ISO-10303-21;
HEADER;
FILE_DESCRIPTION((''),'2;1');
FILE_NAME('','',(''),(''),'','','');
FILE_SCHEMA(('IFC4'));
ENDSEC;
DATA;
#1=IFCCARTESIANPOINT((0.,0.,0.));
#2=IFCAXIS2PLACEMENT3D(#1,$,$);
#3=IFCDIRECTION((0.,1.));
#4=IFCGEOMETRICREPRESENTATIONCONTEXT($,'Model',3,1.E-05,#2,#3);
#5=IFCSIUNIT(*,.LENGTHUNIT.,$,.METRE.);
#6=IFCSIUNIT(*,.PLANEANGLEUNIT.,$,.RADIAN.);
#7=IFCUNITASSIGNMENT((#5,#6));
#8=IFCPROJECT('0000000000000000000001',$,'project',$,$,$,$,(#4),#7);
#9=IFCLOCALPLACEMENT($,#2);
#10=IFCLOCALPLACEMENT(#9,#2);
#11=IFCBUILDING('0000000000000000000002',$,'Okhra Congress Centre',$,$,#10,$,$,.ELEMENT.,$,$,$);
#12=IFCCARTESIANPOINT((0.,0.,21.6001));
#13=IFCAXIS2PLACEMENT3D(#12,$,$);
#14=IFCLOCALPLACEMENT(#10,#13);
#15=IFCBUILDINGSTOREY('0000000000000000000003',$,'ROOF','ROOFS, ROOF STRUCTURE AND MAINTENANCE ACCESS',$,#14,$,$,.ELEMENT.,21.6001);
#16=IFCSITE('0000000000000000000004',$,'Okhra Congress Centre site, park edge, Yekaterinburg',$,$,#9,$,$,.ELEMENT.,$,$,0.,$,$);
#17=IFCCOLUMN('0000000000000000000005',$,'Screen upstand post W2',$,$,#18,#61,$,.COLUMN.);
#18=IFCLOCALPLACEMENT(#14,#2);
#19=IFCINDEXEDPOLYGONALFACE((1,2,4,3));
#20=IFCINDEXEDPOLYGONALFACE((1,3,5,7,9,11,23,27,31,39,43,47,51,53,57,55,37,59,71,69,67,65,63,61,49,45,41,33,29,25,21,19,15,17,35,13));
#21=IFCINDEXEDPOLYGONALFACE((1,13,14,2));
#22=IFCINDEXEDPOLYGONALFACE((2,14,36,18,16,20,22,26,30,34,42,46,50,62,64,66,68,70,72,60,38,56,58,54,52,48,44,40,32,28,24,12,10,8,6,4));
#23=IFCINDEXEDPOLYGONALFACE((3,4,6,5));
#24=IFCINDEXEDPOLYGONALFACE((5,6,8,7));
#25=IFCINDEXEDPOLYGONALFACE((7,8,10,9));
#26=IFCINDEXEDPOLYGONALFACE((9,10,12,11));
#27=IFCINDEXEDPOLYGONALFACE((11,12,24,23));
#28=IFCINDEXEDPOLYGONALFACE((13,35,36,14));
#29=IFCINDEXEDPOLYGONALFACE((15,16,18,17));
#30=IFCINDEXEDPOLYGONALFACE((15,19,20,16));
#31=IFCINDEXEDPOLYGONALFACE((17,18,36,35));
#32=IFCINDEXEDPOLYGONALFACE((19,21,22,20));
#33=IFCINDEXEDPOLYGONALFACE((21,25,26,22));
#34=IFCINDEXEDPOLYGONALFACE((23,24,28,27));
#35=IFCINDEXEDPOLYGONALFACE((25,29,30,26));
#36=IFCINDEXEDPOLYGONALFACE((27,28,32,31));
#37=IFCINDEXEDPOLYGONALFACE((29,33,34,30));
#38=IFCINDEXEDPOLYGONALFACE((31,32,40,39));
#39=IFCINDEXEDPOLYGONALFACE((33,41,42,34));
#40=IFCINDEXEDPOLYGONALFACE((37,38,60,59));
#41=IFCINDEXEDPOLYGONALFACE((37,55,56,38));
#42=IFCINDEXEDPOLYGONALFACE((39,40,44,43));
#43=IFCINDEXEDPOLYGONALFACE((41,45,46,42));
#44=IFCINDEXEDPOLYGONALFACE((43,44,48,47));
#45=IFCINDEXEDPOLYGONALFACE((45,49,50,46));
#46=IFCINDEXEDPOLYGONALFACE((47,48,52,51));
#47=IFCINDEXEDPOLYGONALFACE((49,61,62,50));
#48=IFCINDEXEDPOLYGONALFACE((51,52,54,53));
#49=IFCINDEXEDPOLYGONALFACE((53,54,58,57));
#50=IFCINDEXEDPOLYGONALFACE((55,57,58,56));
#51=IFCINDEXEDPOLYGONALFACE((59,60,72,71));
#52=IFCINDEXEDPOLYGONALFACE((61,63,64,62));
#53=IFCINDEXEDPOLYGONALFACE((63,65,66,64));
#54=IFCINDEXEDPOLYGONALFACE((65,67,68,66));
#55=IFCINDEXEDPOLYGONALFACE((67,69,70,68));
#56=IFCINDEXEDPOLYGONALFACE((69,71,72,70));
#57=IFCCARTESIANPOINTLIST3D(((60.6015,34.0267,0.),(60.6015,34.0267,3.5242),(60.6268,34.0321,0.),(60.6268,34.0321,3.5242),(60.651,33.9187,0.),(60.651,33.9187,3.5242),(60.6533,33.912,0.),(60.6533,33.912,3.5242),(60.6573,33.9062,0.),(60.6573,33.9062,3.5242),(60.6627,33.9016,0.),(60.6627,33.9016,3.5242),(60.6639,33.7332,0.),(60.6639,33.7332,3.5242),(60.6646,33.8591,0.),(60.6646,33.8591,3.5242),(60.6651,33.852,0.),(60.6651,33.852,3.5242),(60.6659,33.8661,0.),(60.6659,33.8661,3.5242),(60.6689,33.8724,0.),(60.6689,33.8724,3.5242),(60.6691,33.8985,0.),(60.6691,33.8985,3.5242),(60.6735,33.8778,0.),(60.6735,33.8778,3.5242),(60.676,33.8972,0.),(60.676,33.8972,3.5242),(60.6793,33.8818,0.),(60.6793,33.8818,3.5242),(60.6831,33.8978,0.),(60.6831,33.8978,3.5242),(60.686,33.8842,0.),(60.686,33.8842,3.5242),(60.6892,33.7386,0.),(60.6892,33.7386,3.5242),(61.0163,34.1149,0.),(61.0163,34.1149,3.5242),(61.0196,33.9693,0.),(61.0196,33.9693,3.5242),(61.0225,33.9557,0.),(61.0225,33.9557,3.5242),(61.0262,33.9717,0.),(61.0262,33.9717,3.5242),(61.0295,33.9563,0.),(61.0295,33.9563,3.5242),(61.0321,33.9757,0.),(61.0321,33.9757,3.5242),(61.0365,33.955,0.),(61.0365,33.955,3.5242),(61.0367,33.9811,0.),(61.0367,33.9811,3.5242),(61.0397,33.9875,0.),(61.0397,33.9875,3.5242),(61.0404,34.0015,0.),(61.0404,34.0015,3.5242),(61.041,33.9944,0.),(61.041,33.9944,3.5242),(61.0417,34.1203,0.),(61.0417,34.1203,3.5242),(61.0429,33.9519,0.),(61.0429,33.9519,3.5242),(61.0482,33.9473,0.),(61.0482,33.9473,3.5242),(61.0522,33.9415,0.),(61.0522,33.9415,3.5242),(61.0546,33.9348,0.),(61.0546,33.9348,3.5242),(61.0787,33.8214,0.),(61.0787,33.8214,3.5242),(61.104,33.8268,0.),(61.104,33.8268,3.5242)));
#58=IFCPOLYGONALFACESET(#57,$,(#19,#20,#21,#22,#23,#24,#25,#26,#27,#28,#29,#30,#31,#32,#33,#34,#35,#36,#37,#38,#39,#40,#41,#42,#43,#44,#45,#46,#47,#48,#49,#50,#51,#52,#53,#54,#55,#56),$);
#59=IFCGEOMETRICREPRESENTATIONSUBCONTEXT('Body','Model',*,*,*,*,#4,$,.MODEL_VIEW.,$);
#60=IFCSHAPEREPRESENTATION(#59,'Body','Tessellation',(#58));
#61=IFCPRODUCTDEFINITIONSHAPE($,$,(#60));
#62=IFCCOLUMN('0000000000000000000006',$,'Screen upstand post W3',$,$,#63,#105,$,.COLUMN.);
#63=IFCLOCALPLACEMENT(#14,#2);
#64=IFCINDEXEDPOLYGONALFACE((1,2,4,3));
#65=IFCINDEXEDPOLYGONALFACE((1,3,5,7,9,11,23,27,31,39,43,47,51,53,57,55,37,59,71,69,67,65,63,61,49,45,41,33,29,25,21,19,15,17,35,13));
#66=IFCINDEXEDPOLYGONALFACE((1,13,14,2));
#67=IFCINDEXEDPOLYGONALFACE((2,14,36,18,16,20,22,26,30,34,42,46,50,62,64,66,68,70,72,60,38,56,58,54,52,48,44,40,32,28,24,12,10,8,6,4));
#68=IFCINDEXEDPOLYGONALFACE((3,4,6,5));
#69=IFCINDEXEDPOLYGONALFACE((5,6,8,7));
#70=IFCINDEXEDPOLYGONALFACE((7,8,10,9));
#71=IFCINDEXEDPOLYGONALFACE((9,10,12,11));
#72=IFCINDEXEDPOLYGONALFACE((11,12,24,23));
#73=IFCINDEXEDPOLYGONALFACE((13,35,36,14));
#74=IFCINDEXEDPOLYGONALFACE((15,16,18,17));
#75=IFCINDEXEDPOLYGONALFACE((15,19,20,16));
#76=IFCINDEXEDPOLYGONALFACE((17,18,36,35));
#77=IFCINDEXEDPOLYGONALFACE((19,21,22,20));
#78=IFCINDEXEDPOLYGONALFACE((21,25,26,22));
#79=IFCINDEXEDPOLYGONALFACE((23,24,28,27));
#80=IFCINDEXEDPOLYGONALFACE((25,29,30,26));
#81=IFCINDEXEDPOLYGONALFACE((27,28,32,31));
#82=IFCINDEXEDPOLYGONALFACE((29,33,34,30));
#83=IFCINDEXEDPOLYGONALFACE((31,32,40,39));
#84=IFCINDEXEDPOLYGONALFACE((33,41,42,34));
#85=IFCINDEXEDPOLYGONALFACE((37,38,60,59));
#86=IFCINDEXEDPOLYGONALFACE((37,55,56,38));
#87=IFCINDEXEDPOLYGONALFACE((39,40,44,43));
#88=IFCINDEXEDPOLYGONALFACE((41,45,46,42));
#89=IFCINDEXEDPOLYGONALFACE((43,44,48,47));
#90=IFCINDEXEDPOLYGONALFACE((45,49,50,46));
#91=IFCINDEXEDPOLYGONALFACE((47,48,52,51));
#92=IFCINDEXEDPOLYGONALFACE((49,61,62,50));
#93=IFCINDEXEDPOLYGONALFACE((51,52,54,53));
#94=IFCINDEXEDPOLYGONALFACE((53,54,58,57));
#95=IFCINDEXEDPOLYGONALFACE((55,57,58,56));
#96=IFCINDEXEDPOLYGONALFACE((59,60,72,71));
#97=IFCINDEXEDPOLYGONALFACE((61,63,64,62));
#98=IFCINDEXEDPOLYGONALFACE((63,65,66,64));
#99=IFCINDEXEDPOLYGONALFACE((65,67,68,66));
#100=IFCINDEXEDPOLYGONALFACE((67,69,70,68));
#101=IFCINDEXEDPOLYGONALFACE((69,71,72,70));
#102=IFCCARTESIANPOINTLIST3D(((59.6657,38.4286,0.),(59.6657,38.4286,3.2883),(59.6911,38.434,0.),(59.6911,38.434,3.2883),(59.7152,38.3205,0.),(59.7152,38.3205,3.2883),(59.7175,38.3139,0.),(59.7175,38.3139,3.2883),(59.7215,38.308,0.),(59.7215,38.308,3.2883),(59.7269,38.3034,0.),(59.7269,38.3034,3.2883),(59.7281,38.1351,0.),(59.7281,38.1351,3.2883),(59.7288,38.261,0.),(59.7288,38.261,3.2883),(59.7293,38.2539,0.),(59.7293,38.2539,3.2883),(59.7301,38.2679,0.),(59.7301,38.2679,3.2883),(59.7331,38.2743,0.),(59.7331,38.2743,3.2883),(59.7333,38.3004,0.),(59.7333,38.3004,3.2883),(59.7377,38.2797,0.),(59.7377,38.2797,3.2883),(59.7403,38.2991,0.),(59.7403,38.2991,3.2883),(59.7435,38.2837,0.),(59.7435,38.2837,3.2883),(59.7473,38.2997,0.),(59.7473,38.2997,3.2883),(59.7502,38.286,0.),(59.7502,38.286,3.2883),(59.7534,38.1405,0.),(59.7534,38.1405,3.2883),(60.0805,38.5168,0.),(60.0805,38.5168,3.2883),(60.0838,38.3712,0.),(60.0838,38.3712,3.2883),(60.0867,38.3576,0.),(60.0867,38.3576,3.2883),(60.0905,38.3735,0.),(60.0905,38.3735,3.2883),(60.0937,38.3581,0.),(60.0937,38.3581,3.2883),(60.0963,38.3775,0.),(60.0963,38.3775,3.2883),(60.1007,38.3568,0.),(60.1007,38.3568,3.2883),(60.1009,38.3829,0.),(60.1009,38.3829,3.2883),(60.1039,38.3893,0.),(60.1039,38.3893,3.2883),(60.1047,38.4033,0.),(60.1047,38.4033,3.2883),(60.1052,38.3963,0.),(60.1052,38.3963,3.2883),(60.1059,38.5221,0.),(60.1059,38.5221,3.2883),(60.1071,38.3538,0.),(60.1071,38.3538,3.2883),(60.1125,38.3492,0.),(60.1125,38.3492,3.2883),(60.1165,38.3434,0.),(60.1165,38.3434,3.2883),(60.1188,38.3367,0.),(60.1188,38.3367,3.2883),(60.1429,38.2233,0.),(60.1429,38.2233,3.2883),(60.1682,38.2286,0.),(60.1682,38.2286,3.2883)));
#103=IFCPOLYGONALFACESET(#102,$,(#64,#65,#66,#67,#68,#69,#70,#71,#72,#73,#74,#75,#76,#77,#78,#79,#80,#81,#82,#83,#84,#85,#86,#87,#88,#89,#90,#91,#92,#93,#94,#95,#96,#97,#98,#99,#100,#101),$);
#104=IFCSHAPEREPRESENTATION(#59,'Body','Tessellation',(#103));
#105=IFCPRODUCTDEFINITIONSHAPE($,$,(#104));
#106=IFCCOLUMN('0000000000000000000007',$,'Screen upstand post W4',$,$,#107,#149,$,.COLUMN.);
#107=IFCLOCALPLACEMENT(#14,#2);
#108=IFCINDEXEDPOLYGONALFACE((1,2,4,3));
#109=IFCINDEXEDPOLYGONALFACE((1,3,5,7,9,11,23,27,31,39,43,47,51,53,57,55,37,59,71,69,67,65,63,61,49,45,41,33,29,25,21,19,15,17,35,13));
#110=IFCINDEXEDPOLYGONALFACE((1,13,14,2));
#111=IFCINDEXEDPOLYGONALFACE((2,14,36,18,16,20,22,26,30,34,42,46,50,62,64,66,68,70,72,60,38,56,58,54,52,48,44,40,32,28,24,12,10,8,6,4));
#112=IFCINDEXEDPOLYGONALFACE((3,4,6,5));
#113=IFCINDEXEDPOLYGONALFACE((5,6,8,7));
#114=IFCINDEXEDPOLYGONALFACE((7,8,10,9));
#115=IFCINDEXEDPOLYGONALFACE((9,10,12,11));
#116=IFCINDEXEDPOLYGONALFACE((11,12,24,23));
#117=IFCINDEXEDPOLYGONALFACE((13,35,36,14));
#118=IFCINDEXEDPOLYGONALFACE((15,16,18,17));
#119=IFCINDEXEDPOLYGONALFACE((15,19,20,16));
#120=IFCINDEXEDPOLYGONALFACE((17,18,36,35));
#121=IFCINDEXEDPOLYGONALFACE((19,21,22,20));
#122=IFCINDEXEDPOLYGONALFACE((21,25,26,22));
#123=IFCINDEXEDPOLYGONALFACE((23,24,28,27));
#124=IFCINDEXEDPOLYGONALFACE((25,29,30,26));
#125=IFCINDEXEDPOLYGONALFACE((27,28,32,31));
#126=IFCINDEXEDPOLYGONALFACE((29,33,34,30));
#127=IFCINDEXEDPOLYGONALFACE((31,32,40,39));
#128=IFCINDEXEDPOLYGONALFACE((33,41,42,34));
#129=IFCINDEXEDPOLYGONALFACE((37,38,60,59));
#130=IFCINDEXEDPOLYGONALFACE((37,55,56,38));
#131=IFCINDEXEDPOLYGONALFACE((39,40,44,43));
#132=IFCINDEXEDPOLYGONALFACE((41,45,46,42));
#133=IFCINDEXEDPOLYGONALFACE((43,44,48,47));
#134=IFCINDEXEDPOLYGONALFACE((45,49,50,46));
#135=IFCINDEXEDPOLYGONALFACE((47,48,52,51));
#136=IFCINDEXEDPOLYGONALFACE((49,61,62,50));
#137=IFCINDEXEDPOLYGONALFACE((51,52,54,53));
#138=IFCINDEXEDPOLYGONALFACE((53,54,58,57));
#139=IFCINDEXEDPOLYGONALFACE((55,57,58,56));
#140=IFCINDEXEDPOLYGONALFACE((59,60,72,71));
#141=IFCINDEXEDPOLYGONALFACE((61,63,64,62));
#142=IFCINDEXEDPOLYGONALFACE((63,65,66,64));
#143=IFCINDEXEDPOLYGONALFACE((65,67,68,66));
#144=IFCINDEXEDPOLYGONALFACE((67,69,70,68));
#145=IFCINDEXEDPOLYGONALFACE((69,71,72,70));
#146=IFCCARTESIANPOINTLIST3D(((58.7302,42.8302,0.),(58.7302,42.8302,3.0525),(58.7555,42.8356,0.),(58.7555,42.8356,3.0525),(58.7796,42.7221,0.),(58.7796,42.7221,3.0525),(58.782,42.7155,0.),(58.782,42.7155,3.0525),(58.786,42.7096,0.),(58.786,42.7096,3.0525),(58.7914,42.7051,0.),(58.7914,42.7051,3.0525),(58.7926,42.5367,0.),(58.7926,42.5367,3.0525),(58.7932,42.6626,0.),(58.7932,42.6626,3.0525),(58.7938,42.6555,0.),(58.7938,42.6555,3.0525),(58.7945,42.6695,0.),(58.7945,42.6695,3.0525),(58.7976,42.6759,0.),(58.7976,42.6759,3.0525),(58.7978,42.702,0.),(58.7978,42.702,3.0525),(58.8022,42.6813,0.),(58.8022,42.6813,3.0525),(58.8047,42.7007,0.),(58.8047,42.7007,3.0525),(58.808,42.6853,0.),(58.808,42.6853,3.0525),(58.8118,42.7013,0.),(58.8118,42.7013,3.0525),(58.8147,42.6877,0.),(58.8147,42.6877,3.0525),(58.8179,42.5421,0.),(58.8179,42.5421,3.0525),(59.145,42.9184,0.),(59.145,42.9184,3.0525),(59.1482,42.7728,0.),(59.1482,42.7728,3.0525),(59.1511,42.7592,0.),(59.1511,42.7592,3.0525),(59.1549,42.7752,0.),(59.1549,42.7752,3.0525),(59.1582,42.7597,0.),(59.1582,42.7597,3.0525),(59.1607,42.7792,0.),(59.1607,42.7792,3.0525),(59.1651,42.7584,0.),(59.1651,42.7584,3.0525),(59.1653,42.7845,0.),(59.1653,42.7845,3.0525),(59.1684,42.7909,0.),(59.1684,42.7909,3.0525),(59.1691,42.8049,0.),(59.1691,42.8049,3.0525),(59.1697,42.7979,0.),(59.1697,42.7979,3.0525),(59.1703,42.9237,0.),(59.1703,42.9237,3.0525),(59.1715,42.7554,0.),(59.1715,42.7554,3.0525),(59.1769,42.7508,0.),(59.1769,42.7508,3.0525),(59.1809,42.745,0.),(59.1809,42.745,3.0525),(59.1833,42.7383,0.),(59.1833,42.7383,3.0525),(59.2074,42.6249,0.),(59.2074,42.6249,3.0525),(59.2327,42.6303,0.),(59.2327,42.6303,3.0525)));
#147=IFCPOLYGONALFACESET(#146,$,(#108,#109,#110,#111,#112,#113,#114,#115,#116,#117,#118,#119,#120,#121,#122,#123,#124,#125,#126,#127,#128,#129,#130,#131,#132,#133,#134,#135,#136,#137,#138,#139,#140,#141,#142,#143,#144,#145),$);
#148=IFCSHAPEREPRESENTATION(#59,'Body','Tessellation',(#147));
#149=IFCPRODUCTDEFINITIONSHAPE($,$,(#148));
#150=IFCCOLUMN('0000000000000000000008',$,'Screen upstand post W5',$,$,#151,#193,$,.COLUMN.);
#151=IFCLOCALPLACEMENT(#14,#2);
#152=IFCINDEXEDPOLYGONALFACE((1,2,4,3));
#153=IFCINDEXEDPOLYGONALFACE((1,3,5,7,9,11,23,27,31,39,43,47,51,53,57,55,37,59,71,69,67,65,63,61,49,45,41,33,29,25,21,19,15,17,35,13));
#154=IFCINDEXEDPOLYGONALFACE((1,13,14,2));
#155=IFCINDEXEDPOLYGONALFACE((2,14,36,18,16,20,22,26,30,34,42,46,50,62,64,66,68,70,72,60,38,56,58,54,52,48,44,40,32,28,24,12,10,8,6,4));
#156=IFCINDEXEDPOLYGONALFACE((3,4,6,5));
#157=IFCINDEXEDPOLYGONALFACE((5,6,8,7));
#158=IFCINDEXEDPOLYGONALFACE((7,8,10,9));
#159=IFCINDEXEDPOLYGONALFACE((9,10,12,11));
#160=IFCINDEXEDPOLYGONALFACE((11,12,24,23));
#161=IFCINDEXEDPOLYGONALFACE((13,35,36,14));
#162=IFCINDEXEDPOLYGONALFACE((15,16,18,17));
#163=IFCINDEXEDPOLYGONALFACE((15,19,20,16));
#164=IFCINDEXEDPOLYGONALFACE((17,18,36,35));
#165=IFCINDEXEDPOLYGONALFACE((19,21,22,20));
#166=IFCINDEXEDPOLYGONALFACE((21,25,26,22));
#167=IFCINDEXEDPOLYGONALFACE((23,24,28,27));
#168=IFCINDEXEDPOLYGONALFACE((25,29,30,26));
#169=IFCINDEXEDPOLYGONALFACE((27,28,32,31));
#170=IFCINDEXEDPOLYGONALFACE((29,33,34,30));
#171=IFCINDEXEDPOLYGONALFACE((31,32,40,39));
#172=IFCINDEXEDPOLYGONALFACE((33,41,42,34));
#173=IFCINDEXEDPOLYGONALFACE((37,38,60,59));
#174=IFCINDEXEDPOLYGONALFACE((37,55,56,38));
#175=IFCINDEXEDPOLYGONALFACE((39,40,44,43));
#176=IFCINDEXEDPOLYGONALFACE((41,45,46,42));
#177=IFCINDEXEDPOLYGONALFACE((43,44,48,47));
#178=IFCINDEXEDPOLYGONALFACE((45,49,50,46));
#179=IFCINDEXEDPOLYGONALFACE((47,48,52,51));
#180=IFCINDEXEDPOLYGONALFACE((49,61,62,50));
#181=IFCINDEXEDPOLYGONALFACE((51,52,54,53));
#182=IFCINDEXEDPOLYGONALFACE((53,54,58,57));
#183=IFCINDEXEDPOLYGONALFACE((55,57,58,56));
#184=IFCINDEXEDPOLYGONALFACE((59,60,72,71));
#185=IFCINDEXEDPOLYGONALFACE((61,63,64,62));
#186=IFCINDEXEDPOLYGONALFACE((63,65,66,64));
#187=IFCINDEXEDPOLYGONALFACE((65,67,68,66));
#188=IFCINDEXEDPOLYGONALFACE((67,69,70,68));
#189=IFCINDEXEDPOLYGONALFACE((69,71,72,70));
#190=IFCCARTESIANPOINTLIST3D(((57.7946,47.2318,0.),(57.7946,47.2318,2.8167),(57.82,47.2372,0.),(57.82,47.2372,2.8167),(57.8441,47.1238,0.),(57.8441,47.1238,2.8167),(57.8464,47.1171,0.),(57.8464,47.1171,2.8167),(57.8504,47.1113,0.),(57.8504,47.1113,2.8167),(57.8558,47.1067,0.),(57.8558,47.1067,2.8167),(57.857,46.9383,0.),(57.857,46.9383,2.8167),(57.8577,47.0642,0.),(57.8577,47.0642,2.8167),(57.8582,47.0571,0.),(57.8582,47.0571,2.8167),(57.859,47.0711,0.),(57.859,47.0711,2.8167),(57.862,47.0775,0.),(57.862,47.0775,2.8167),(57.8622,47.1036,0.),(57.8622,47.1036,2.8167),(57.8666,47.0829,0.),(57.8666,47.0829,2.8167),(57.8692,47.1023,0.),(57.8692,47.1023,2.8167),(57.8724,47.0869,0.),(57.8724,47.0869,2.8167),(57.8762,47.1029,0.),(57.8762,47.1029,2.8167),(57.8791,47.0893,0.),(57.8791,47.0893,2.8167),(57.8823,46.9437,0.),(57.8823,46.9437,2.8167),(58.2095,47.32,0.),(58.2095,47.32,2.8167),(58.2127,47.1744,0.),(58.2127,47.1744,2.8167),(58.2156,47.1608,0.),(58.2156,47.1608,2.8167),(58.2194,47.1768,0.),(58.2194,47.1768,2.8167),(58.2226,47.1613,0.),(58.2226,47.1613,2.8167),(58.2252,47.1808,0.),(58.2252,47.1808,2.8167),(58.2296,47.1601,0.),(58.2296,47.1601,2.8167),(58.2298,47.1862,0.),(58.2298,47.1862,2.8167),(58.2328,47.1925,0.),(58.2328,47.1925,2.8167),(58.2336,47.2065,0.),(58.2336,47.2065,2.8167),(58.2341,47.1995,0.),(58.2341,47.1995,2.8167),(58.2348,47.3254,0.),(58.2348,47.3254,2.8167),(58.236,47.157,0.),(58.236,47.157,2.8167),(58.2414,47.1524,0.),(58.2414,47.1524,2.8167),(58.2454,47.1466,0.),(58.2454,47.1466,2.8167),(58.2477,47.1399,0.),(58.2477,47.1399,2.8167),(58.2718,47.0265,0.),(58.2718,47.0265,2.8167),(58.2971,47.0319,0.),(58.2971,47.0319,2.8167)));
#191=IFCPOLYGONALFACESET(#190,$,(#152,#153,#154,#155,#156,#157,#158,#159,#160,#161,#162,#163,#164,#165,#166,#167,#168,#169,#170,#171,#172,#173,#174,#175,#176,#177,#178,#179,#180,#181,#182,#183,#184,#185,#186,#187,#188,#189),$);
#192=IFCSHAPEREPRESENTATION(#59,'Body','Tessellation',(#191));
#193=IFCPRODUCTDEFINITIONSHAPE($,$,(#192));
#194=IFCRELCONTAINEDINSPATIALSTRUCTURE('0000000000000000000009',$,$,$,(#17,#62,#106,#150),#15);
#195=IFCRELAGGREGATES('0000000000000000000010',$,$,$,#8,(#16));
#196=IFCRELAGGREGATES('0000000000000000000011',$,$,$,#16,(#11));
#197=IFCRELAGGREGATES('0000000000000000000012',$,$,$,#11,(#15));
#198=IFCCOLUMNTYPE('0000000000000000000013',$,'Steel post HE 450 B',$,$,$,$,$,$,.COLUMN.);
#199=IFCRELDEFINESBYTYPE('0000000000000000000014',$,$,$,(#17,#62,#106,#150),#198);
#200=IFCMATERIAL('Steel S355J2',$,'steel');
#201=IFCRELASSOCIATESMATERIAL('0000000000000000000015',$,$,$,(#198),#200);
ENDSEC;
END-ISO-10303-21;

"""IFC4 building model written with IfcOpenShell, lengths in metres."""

from ifc_helpers import new_model, si_unit, direction, frame, origin, origin_2d, place, context, subcontext, project, spatial, i_section, extrude, material, material_profile, profile_set, type_object, element, save


model = new_model("IFC4")

# Units and contexts
model_context = context("Model", 3, precision=1e-05, world=origin(), true_north=direction((0.0, 1.0)))
body_context = subcontext(model_context, "Body", "Model", "MODEL_VIEW")
ifc_project = project(units=[si_unit("LENGTHUNIT", "METRE"), si_unit("PLANEANGLEUNIT", "RADIAN")], contexts=[model_context])

# Site, building, storey
site_placement = place(None, origin())
site = spatial("IfcSite", under=ifc_project, at=site_placement, Name="Okhra Congress Centre site, park edge, Yekaterinburg", CompositionType="ELEMENT", RefElevation=0.0)
building_placement = place(site_placement, origin())
building = spatial("IfcBuilding", under=site, at=building_placement, Name="Okhra Congress Centre", CompositionType="ELEMENT")
storey_placement = place(building_placement, frame((0.0, 0.0, 21.6001)))
storey = spatial("IfcBuildingStorey", under=building, at=storey_placement, Name="ROOF", Description="ROOFS, ROOF STRUCTURE AND MAINTENANCE ACCESS", CompositionType="ELEMENT", Elevation=21.6001)

# Columns
ifc_material_1 = material(Name="Steel S355J2", Category="steel")
ifc_material_profile_1 = material_profile(ifc_material_1, i_section(OverallWidth=0.3, OverallDepth=0.45, WebThickness=0.0139, FlangeThickness=0.0259, FilletRadius=0.0271, at=origin_2d()), Name="HE 450 B")
ifc_profile_set_1 = profile_set([ifc_material_profile_1], Name="Steel S355J2")
column_type = type_object("IfcColumnType", Name="Steel post HE 450 B", PredefinedType="COLUMN", material=ifc_profile_set_1)
column_1_placement = place(storey_placement, frame((60.8528, 33.9268, 0.0), z_axis=(0.0, 0.0, 1.0), x_axis=(-0.207912, 0.978148, 0.0)))
element("IfcColumn", 1, at=column_1_placement, inside=storey, type_object=column_type, Name="Screen upstand post W2", PredefinedType="COLUMN", context=body_context, shape_type="SweptSolid", body=[
    extrude(i_section(OverallWidth=0.3, OverallDepth=0.45, WebThickness=0.0139, FlangeThickness=0.0259, FilletRadius=0.0271, at=origin_2d()), origin(), (0.0, 0.0, 1.0), 3.5242),
])
column_2_placement = place(storey_placement, frame((59.917, 38.3286, 0.0), z_axis=(0.0, 0.0, 1.0), x_axis=(-0.207912, 0.978148, 0.0)))
element("IfcColumn", 2, at=column_2_placement, inside=storey, type_object=column_type, Name="Screen upstand post W3", PredefinedType="COLUMN", context=body_context, shape_type="SweptSolid", body=[
    extrude(i_section(OverallWidth=0.3, OverallDepth=0.45, WebThickness=0.0139, FlangeThickness=0.0259, FilletRadius=0.0271, at=origin_2d()), origin(), (0.0, 0.0, 1.0), 3.2883),
])
column_3_placement = place(storey_placement, frame((58.9814, 42.7302, 0.0), z_axis=(0.0, 0.0, 1.0), x_axis=(-0.207912, 0.978148, 0.0)))
element("IfcColumn", 3, at=column_3_placement, inside=storey, type_object=column_type, Name="Screen upstand post W4", PredefinedType="COLUMN", context=body_context, shape_type="SweptSolid", body=[
    extrude(i_section(OverallWidth=0.3, OverallDepth=0.45, WebThickness=0.0139, FlangeThickness=0.0259, FilletRadius=0.0271, at=origin_2d()), origin(), (0.0, 0.0, 1.0), 3.0525),
])
column_4_placement = place(storey_placement, frame((58.0459, 47.1318, 0.0), z_axis=(0.0, 0.0, 1.0), x_axis=(-0.207912, 0.978148, 0.0)))
element("IfcColumn", 4, at=column_4_placement, inside=storey, type_object=column_type, Name="Screen upstand post W5", PredefinedType="COLUMN", context=body_context, shape_type="SweptSolid", body=[
    extrude(i_section(OverallWidth=0.3, OverallDepth=0.45, WebThickness=0.0139, FlangeThickness=0.0259, FilletRadius=0.0271, at=origin_2d()), origin(), (0.0, 0.0, 1.0), 2.8167),
])

save(model, "model.ifc")
